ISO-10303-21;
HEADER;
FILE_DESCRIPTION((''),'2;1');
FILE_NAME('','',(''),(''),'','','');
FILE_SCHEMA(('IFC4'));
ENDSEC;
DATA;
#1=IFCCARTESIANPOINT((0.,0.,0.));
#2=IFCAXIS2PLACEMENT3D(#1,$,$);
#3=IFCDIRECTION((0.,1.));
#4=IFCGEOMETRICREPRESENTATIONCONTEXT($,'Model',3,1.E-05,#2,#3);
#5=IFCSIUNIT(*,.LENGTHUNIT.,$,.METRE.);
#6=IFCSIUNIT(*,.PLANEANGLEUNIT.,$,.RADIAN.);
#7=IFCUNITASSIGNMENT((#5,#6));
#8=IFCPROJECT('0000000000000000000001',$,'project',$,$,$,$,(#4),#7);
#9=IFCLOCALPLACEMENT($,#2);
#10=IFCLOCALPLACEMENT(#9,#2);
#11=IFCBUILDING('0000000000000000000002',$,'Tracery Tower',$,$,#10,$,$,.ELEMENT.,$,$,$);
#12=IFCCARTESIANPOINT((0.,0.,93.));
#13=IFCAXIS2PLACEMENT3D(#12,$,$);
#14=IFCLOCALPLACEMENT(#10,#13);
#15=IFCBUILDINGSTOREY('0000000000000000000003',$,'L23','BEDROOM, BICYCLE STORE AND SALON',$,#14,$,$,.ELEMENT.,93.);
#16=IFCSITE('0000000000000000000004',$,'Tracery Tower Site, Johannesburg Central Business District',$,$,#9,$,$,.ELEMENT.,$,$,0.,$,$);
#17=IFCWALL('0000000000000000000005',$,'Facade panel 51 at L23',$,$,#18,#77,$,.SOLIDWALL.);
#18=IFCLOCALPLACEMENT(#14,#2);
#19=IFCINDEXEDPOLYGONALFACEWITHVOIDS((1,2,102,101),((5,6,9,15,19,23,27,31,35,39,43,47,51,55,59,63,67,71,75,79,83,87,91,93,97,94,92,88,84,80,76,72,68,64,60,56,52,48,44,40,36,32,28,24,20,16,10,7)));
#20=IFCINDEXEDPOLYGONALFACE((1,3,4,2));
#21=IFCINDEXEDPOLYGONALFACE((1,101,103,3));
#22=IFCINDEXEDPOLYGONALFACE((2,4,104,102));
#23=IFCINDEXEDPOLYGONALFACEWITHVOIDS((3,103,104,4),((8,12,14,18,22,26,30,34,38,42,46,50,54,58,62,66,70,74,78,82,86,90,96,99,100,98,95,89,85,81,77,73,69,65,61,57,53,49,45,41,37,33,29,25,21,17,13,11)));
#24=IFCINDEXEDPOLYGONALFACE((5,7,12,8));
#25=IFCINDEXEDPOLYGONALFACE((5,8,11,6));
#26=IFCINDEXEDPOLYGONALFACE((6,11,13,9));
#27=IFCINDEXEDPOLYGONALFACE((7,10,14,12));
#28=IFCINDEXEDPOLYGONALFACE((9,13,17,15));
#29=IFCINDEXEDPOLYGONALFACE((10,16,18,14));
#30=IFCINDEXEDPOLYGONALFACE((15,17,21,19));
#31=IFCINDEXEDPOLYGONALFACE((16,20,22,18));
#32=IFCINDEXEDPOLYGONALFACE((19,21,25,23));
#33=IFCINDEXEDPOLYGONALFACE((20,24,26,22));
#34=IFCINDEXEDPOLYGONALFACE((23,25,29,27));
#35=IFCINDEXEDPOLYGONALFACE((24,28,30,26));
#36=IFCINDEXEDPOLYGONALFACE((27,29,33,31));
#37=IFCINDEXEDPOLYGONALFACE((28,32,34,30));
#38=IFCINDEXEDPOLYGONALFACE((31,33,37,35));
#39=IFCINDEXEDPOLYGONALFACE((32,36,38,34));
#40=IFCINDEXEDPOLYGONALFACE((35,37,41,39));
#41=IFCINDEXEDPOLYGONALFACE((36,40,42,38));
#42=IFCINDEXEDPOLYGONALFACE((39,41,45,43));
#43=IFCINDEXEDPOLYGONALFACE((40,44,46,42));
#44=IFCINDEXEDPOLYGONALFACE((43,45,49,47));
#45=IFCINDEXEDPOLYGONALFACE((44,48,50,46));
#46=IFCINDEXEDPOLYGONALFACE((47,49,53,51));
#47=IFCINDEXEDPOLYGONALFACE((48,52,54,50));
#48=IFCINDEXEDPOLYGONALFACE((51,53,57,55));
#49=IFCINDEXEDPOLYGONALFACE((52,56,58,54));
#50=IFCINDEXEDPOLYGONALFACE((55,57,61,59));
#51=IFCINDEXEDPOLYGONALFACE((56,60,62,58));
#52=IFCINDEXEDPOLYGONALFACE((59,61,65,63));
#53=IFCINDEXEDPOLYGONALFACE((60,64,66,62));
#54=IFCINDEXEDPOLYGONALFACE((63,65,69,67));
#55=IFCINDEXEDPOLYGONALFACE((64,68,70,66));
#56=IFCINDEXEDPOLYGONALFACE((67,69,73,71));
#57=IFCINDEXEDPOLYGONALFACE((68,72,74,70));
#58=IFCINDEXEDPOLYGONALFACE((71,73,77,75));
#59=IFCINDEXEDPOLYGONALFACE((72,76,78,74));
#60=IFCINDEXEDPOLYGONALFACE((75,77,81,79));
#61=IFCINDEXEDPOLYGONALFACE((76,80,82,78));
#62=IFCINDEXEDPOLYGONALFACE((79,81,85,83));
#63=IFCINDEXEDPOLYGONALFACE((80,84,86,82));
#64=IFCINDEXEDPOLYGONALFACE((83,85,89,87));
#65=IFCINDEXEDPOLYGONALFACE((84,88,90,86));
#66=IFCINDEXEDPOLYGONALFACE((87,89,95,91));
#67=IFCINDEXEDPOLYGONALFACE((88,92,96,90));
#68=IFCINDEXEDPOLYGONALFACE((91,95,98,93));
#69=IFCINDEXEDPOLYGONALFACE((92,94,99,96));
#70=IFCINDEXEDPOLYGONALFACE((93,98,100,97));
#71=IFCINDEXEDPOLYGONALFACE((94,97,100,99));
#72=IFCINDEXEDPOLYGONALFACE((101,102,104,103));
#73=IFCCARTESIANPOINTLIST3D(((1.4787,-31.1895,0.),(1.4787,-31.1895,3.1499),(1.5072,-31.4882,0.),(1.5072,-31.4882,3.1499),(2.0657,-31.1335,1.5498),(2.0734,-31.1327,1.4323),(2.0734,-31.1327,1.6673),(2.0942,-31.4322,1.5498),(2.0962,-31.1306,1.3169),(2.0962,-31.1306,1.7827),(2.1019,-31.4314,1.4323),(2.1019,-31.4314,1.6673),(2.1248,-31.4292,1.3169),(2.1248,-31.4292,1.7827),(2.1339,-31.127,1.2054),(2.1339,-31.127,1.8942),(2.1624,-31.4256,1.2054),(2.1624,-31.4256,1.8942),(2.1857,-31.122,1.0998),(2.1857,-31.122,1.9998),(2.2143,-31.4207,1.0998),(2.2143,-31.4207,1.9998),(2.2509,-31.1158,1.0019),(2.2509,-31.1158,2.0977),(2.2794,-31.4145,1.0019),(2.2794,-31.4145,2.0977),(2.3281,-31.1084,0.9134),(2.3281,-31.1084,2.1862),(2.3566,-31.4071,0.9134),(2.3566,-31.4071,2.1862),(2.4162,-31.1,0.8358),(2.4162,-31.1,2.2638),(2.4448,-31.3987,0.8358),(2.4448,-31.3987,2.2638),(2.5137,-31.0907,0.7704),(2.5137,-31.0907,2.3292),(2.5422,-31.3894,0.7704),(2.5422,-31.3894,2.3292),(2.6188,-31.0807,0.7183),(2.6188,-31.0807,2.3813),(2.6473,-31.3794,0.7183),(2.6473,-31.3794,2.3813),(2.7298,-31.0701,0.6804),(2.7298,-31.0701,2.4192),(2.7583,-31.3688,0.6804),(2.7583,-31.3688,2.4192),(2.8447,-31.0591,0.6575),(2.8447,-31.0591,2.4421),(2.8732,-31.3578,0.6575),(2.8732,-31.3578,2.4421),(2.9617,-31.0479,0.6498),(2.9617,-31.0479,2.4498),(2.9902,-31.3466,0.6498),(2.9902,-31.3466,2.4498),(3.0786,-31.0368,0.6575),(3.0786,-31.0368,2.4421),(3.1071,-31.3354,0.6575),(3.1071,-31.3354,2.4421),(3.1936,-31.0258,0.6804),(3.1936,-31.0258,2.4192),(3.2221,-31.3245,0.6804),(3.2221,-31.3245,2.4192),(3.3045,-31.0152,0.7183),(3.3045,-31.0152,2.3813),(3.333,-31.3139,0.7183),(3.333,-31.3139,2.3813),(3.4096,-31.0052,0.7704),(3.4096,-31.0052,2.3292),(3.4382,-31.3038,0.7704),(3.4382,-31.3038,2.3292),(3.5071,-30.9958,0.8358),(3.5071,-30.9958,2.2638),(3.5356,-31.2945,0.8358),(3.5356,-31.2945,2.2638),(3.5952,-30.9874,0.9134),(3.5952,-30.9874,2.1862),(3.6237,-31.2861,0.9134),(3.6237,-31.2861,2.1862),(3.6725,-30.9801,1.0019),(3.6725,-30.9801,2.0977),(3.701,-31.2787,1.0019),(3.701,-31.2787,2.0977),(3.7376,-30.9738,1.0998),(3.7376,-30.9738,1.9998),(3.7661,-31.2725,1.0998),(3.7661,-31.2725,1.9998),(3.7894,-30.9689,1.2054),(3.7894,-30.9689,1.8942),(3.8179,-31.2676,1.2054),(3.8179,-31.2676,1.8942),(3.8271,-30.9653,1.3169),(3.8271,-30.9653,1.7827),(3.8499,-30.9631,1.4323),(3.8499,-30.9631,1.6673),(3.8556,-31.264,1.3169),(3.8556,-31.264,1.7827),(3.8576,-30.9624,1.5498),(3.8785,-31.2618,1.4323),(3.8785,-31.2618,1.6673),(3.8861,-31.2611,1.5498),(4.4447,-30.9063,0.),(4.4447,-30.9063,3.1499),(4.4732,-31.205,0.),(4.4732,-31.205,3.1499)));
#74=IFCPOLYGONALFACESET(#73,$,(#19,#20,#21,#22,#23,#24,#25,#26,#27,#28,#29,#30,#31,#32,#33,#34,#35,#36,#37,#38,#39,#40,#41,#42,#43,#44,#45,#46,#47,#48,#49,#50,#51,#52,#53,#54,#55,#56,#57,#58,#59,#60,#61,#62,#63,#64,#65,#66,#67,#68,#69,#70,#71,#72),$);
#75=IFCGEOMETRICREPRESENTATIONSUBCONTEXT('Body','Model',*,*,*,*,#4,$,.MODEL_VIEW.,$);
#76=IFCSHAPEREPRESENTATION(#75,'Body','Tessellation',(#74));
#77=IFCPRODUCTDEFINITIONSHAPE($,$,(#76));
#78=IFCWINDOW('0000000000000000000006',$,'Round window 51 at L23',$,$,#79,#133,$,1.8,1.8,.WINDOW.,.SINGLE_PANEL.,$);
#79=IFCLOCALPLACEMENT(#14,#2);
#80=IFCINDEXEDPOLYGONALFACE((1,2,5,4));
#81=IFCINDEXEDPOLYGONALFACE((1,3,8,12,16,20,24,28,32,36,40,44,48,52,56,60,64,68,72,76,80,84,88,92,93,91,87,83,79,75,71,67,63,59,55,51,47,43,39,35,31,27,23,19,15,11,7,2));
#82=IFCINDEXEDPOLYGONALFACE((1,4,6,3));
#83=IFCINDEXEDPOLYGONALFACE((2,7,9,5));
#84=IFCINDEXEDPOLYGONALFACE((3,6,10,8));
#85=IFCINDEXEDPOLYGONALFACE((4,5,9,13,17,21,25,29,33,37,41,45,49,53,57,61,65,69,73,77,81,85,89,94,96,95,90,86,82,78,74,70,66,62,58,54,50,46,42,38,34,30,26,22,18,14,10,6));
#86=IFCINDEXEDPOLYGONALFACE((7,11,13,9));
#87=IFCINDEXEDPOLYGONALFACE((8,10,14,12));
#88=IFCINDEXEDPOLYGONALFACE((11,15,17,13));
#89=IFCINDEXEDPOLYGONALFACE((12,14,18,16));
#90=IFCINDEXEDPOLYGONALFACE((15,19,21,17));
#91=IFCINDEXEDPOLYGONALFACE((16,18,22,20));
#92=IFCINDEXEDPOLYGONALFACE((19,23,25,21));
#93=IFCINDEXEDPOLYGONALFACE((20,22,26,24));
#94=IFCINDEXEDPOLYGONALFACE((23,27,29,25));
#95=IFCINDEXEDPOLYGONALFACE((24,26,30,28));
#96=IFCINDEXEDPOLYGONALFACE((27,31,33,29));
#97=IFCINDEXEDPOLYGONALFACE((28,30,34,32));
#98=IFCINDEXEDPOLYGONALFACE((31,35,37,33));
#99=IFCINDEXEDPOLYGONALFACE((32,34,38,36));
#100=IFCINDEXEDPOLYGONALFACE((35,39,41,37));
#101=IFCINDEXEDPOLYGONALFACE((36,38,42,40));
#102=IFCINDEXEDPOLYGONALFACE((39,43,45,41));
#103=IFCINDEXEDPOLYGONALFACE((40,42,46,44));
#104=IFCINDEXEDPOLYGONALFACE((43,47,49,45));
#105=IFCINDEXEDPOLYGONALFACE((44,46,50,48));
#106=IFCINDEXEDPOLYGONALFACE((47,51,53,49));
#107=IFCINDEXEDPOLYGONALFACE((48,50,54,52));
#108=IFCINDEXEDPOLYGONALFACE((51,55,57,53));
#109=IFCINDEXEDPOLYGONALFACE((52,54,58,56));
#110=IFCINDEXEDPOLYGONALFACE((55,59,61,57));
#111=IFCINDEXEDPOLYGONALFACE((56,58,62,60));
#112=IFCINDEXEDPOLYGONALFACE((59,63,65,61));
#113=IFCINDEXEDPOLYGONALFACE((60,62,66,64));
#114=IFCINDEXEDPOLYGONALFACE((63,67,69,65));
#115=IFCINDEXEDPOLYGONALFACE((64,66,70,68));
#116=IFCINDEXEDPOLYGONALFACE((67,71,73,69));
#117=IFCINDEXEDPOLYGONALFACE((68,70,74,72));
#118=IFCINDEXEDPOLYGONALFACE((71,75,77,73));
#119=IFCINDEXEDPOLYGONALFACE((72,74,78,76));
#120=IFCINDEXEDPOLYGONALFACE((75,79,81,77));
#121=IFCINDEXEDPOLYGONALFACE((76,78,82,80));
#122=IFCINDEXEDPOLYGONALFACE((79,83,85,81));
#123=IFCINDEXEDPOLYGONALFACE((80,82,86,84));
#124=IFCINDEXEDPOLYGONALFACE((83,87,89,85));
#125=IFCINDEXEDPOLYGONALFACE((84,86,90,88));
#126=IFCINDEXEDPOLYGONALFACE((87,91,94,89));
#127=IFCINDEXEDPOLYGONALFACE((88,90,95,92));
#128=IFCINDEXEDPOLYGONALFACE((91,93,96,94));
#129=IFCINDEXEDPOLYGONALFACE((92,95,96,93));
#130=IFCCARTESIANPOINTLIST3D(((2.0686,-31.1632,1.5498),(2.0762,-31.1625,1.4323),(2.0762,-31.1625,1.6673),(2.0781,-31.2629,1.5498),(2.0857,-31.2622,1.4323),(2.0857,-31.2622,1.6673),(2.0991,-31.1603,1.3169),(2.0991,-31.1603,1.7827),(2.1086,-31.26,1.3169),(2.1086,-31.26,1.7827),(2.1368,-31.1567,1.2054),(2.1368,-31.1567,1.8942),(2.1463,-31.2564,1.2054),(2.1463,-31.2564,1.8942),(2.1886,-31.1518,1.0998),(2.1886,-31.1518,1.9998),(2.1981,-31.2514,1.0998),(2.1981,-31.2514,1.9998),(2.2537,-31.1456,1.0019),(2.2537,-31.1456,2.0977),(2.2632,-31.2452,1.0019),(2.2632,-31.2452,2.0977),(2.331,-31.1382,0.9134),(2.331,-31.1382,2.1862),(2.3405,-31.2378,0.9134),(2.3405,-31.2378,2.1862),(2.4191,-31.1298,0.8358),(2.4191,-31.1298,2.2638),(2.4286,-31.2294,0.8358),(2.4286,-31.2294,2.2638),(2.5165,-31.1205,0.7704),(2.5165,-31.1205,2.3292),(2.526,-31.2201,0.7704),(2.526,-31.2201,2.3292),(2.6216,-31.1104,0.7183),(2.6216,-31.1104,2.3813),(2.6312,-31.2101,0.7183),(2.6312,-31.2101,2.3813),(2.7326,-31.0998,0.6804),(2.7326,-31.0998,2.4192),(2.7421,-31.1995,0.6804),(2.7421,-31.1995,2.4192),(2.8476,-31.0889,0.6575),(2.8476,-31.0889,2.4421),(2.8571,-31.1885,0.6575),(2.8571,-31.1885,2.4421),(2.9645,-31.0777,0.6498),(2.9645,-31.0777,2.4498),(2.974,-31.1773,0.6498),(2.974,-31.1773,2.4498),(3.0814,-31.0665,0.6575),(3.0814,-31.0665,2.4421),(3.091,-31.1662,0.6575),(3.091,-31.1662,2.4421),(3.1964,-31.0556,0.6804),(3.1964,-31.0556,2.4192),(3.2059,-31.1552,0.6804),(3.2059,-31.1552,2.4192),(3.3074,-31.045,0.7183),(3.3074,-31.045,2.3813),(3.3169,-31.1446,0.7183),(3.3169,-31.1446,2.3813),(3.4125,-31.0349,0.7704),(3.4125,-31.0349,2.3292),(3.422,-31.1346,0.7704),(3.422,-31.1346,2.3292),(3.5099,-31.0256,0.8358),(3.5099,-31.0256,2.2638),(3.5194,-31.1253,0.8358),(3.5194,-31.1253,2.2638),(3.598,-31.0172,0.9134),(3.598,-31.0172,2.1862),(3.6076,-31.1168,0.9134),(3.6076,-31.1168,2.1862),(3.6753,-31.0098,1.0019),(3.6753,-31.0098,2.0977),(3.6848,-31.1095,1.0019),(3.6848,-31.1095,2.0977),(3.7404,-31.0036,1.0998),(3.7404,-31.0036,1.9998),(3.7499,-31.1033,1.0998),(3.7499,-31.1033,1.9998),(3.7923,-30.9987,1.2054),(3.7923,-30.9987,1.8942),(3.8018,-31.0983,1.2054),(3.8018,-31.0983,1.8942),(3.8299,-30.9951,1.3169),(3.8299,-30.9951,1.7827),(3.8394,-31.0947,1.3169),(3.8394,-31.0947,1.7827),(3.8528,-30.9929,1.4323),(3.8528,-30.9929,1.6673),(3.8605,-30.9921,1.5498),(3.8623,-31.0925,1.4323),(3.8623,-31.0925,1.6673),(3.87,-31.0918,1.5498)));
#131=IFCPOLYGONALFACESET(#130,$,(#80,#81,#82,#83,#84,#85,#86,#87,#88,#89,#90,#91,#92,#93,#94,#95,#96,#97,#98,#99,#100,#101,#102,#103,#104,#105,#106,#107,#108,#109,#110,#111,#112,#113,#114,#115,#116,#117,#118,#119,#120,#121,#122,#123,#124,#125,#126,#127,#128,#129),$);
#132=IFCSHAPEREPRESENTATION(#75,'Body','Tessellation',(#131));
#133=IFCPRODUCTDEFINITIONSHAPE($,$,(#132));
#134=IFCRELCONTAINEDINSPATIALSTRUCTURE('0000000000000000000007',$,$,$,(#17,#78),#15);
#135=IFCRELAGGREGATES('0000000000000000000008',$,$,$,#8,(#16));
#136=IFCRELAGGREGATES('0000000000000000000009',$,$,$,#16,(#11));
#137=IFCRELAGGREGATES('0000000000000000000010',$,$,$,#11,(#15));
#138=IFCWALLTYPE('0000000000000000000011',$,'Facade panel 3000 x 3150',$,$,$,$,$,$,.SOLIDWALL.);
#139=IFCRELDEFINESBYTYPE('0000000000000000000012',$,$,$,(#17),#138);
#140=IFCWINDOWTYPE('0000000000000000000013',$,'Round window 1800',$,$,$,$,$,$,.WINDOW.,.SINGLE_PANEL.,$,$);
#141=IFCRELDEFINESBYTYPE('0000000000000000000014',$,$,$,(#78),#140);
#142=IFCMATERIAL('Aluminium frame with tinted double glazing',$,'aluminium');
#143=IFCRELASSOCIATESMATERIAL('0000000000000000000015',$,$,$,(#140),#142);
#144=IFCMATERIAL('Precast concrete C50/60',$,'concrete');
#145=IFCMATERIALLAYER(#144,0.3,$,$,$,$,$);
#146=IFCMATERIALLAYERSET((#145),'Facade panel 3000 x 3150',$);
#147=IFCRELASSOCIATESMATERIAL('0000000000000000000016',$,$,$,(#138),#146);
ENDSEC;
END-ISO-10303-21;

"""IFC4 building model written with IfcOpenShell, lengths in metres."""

from ifc_helpers import new_model, si_unit, direction, frame, frame_2d, origin, origin_2d, place, context, subcontext, project, spatial, rectangle, circle, extrude, material, layer, layer_set, type_object, element, fill, save


model = new_model("IFC4")

# Units and contexts
model_context = context("Model", 3, precision=1e-05, world=origin(), true_north=direction((0.0, 1.0)))
body_context = subcontext(model_context, "Body", "Model", "MODEL_VIEW")
ifc_project = project(units=[si_unit("LENGTHUNIT", "METRE"), si_unit("PLANEANGLEUNIT", "RADIAN")], contexts=[model_context])

# Site, building, storey
site_placement = place(None, origin())
site = spatial("IfcSite", under=ifc_project, at=site_placement, Name="Tracery Tower Site, Johannesburg Central Business District", CompositionType="ELEMENT", RefElevation=0.0)
building_placement = place(site_placement, origin())
building = spatial("IfcBuilding", under=site, at=building_placement, Name="Tracery Tower", CompositionType="ELEMENT")
storey_placement = place(building_placement, frame((0.0, 0.0, 93.0)))
storey = spatial("IfcBuildingStorey", under=building, at=storey_placement, Name="L23", Description="BEDROOM, BICYCLE STORE AND SALON", CompositionType="ELEMENT", Elevation=93.0)

# Wall, opening, window
ifc_material_1 = material(Name="Aluminium frame with tinted double glazing", Category="aluminium")
window_type = type_object("IfcWindowType", Name="Round window 1800", PartitioningType="SINGLE_PANEL", PredefinedType="WINDOW", material=ifc_material_1)
ifc_material_2 = material(Name="Precast concrete C50/60", Category="concrete")
ifc_layer_1 = layer(ifc_material_2, 0.3)
ifc_layer_set_1 = layer_set([ifc_layer_1], Name="Facade panel 3000 x 3150")
wall_type_1 = type_object("IfcWallType", Name="Facade panel 3000 x 3150", PredefinedType="SOLIDWALL", material=ifc_layer_set_1)
wall_1_placement = place(storey_placement, frame((1.4929, -31.3389, 0.0), z_axis=(0.0, 0.0, 1.0), x_axis=(0.995473, 0.095049, 0.0)))
wall_1 = element("IfcWall", 1, at=wall_1_placement, inside=storey, type_object=wall_type_1, Name="Facade panel 51 at L23", PredefinedType="SOLIDWALL", context=body_context, shape_type="SweptSolid", body=[
    extrude(rectangle(XDim=2.9795, YDim=0.3, at=frame_2d((1.4897, 0.0))), origin(), (0.0, 0.0, 1.0), 3.1499),
])
opening_1_placement = place(wall_1_placement, frame((1.4897, 0.0, 1.5498)))
opening_1 = element("IfcOpeningElement", 2, at=opening_1_placement, cuts=wall_1, PredefinedType="OPENING", context=body_context, shape_type="SweptSolid", body=[
    extrude(circle(Radius=0.9, at=origin_2d()), frame((0.0, 0.1599, 0.0), z_axis=(0.0, -1.0, 0.0), x_axis=(1.0, 0.0, 0.0)), (0.0, 0.0, 1.0), 0.3201),
])
window_1_placement = place(opening_1_placement, origin())
window_1 = element("IfcWindow", 3, at=window_1_placement, inside=storey, type_object=window_type, Name="Round window 51 at L23", OverallHeight=1.8, OverallWidth=1.8, PartitioningType="SINGLE_PANEL", PredefinedType="WINDOW", context=body_context, shape_type="SweptSolid", body=[
    extrude(circle(Radius=0.9, at=origin_2d()), frame((0.0, 0.1201, 0.0), z_axis=(0.0, -1.0, 0.0), x_axis=(1.0, 0.0, 0.0)), (0.0, 0.0, 1.0), 0.1001),
])
fill(opening_1, window_1)

save(model, "model.ifc")
